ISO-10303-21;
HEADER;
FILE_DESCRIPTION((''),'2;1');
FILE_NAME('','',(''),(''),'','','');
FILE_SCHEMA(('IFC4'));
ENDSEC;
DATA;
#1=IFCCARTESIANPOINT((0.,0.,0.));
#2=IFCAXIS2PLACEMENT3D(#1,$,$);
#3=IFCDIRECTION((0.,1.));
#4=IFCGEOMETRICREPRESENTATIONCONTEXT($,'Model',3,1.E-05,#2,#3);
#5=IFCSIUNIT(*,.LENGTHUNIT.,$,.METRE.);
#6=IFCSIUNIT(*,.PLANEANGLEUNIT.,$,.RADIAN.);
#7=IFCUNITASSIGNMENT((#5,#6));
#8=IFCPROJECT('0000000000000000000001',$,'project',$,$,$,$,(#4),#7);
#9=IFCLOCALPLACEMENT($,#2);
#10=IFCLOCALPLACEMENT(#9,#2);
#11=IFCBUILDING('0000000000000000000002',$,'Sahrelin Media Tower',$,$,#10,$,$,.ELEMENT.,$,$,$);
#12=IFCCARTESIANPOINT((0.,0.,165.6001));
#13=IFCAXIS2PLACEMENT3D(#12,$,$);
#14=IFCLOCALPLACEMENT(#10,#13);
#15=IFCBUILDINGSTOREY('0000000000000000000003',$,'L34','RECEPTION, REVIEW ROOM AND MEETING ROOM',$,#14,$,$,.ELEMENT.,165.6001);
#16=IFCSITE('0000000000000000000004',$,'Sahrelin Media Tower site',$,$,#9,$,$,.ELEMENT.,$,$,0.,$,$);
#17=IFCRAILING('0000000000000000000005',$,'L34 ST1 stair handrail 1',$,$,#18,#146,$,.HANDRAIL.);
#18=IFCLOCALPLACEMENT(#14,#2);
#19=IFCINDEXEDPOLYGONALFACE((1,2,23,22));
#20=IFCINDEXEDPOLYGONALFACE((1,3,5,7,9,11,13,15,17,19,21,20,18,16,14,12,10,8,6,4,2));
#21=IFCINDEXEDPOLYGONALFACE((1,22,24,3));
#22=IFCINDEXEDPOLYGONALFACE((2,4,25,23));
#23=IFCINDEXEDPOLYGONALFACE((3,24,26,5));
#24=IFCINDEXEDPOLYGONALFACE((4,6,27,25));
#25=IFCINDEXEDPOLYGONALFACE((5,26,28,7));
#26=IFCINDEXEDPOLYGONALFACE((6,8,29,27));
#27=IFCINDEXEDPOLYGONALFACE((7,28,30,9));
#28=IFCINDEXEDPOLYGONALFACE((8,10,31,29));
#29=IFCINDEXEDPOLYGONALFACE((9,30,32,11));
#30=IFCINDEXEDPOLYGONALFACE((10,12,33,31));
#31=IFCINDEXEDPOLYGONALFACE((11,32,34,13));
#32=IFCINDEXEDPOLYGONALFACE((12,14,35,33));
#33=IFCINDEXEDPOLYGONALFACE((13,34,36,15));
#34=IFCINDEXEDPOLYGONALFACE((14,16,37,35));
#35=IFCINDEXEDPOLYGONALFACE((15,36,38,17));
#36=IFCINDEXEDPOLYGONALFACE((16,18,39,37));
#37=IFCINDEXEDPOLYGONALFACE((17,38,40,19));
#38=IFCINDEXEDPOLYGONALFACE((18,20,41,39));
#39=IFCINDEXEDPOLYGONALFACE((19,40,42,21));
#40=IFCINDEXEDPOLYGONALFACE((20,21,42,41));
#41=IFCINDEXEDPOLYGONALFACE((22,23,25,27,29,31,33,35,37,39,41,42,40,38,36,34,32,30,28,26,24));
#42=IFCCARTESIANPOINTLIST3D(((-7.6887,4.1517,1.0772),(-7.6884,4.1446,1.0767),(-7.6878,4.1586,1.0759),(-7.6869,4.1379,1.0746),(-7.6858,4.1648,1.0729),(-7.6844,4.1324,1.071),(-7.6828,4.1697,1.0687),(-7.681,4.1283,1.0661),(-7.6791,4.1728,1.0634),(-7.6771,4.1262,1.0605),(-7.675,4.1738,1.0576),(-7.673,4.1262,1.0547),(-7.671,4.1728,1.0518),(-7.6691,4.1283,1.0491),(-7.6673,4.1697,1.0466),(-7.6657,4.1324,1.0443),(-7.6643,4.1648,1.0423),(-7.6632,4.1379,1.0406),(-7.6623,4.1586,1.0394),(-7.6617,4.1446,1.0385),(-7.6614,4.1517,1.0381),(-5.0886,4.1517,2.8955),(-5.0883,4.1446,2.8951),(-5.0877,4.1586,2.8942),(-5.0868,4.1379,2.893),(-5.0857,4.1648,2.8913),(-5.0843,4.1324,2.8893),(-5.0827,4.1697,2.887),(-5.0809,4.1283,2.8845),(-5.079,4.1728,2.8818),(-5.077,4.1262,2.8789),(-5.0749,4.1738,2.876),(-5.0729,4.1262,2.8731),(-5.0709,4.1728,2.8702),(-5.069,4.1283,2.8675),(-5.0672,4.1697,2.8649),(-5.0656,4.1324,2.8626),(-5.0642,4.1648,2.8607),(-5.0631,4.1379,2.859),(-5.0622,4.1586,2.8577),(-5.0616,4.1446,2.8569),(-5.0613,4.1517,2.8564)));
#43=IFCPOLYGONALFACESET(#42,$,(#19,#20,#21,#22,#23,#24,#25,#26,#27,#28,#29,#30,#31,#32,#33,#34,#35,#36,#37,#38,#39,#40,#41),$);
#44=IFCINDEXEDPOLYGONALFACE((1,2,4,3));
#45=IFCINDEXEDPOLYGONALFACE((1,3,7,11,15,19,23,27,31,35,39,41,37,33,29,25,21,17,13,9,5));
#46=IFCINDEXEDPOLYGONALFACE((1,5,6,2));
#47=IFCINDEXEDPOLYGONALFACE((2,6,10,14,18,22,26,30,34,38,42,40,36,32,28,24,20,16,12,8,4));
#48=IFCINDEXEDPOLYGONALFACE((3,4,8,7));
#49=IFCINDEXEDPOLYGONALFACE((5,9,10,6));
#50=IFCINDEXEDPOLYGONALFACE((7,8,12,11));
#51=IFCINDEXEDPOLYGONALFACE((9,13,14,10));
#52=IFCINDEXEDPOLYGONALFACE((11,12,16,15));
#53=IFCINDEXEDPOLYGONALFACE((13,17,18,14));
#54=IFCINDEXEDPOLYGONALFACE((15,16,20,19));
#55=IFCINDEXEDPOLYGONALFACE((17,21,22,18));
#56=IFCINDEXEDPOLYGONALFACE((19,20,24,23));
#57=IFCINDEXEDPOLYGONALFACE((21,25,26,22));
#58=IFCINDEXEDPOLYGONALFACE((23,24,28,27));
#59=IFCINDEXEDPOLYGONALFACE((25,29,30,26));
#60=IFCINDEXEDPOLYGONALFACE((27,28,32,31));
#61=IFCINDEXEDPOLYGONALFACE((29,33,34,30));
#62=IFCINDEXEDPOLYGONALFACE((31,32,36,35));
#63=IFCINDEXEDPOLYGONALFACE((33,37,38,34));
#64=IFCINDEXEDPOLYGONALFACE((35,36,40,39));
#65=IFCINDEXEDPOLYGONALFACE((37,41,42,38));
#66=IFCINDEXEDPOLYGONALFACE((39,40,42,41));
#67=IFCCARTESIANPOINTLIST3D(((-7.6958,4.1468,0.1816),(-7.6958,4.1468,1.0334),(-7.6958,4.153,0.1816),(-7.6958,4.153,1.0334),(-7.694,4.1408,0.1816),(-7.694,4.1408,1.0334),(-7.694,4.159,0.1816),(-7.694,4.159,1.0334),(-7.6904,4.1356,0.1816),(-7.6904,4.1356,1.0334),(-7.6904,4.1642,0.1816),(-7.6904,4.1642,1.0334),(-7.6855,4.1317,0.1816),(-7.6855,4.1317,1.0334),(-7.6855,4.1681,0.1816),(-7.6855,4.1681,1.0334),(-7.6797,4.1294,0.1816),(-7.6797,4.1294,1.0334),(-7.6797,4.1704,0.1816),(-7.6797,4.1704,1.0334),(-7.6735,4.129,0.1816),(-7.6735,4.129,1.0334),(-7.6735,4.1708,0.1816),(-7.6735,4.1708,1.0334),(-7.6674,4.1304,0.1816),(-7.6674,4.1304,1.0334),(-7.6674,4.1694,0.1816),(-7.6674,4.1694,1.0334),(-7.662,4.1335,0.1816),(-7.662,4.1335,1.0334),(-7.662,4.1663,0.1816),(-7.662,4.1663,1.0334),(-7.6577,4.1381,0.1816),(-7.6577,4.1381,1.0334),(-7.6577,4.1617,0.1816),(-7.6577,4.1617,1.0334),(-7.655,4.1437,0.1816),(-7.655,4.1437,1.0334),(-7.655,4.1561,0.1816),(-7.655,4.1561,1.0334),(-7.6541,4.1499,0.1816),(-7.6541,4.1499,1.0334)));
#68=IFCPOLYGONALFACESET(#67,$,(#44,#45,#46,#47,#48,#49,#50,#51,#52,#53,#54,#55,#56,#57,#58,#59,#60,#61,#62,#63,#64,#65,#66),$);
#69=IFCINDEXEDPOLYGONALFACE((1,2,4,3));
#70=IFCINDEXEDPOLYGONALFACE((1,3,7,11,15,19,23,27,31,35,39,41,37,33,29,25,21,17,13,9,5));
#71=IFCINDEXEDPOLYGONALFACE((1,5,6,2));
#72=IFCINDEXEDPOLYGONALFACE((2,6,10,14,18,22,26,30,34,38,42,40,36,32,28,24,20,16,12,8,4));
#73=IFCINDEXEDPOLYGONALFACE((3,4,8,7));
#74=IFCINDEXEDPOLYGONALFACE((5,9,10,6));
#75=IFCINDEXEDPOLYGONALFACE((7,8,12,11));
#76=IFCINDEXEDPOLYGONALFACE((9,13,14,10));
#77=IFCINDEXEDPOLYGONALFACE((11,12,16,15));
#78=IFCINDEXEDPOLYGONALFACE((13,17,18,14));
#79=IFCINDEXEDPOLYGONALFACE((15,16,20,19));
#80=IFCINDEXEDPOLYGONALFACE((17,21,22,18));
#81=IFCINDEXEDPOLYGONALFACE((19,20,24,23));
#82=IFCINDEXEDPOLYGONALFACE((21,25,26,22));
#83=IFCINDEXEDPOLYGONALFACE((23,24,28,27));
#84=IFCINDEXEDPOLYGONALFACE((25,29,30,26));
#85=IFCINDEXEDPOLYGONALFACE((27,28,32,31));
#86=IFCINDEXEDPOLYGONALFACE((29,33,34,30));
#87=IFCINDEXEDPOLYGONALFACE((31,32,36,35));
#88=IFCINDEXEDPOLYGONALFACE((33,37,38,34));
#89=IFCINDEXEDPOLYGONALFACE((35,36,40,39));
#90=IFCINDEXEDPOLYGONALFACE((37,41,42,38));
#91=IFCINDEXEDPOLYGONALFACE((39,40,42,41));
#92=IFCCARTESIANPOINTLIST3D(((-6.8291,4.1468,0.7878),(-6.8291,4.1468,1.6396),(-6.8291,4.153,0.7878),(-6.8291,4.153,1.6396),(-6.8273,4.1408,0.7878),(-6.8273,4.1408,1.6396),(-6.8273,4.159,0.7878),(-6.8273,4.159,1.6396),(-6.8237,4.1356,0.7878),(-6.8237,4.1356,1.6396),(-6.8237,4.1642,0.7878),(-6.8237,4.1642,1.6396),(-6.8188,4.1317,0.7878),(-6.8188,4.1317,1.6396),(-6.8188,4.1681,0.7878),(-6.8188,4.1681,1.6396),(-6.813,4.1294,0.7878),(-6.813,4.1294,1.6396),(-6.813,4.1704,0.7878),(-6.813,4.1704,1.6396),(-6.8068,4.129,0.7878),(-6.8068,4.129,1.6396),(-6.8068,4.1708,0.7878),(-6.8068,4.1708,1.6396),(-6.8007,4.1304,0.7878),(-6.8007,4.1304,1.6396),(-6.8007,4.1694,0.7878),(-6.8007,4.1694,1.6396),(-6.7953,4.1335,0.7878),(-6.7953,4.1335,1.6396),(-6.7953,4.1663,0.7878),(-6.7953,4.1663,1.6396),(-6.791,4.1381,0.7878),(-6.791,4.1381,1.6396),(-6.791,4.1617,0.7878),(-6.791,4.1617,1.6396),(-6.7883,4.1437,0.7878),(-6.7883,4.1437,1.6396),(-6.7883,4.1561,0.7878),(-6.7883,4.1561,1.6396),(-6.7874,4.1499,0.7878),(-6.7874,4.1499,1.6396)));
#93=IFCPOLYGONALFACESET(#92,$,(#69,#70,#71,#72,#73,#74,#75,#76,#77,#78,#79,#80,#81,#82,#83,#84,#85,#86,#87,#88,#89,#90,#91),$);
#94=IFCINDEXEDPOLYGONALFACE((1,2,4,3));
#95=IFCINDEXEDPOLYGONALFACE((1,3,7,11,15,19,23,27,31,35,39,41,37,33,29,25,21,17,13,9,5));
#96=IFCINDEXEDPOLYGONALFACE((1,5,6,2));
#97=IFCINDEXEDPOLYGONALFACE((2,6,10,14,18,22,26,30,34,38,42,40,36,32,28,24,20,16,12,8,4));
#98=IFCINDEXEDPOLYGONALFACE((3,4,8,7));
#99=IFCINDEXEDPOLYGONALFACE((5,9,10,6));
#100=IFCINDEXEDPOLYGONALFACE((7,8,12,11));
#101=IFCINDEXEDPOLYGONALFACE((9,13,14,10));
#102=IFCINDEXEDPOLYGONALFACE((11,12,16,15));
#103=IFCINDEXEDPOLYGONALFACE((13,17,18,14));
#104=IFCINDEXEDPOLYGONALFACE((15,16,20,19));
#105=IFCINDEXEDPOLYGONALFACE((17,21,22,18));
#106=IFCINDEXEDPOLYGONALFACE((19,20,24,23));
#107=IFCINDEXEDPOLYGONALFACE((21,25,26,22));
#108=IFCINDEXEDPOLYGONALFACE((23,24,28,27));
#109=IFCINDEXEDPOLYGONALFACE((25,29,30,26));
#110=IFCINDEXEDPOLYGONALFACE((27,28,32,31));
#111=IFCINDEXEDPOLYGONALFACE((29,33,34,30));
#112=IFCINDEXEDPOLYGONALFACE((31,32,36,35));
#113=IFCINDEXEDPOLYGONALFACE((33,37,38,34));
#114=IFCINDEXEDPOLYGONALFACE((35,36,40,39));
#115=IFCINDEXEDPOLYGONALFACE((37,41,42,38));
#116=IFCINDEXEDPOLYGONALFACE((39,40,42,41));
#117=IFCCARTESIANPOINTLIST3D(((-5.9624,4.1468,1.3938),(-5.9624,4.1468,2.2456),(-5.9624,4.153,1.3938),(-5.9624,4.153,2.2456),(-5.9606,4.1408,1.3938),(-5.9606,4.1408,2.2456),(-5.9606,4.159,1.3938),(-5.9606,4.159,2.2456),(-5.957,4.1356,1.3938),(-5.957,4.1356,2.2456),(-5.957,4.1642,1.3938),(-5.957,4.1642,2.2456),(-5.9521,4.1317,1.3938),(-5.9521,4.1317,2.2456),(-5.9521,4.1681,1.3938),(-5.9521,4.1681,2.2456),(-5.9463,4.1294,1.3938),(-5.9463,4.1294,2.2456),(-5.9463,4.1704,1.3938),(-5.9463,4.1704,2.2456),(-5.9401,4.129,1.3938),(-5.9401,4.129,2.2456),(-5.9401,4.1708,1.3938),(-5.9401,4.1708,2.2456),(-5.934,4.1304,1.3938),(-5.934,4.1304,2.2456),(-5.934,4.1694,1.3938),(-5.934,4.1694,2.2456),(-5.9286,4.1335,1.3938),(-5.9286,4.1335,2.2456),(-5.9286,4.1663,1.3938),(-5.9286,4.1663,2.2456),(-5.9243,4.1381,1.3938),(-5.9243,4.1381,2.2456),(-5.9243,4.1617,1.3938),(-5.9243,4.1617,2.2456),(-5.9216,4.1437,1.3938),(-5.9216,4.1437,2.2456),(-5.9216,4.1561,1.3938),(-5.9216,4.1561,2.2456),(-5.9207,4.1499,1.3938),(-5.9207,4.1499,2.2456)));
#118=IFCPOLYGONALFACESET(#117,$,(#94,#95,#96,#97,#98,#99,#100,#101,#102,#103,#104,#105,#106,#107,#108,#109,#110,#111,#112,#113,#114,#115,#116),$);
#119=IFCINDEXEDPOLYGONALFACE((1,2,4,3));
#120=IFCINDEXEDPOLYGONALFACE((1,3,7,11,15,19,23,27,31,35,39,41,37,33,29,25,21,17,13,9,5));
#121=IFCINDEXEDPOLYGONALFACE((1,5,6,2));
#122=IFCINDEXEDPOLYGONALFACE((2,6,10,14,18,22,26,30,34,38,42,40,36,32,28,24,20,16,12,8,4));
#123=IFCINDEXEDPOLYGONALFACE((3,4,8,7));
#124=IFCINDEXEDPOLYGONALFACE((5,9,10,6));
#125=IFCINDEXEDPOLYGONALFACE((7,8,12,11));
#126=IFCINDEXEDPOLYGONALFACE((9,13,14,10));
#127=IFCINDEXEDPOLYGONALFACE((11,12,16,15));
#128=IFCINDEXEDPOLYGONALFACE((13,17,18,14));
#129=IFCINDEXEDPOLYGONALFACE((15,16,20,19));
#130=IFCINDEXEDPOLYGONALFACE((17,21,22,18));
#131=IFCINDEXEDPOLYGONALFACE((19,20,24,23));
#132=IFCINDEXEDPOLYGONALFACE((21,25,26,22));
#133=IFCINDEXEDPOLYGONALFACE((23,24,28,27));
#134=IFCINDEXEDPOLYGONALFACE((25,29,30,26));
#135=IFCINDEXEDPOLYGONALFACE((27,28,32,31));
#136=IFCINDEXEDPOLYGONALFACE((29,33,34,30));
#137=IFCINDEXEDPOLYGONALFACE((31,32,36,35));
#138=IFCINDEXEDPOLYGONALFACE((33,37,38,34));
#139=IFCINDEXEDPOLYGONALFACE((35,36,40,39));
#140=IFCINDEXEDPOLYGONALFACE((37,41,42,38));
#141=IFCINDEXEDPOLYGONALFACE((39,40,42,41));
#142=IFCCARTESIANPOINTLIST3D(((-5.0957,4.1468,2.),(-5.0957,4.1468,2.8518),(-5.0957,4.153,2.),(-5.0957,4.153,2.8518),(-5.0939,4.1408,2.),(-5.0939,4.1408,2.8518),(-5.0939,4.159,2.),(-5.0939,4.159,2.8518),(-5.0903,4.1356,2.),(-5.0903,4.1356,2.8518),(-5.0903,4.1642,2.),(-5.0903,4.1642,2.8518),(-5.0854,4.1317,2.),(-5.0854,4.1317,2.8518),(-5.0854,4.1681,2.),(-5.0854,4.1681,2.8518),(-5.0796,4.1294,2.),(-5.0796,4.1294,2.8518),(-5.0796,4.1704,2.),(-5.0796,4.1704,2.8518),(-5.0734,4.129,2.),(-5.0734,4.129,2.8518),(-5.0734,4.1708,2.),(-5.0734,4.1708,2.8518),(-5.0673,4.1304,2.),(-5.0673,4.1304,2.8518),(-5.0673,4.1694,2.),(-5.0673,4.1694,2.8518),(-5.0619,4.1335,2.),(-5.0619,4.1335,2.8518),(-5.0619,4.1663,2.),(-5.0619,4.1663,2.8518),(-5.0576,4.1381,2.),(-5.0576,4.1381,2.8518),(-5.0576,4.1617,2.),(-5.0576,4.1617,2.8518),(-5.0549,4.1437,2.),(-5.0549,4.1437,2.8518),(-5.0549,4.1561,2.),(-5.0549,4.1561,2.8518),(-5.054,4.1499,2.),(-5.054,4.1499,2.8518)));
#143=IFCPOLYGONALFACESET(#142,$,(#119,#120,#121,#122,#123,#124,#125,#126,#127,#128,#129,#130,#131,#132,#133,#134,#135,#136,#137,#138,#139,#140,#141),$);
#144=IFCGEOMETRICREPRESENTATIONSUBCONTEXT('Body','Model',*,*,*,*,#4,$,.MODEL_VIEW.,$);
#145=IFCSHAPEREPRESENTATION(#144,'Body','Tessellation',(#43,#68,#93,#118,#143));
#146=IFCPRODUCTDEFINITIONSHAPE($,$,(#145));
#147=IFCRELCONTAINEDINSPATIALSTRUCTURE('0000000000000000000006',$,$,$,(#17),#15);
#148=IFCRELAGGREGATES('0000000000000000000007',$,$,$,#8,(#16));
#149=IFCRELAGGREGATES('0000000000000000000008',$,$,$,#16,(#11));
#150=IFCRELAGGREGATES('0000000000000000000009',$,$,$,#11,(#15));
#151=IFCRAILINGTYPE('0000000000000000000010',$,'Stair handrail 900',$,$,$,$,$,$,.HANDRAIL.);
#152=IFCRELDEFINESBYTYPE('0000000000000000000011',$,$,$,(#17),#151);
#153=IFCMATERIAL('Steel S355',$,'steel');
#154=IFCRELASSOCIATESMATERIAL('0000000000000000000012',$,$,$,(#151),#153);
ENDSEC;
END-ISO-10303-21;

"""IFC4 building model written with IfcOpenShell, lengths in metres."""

from ifc_helpers import new_model, si_unit, direction, frame, origin, origin_2d, place, context, subcontext, project, spatial, circle, extrude, material, type_object, element, save


model = new_model("IFC4")

# Units and contexts
model_context = context("Model", 3, precision=1e-05, world=origin(), true_north=direction((0.0, 1.0)))
body_context = subcontext(model_context, "Body", "Model", "MODEL_VIEW")
ifc_project = project(units=[si_unit("LENGTHUNIT", "METRE"), si_unit("PLANEANGLEUNIT", "RADIAN")], contexts=[model_context])

# Site, building, storey
site_placement = place(None, origin())
site = spatial("IfcSite", under=ifc_project, at=site_placement, Name="Sahrelin Media Tower site", CompositionType="ELEMENT", RefElevation=0.0)
building_placement = place(site_placement, origin())
building = spatial("IfcBuilding", under=site, at=building_placement, Name="Sahrelin Media Tower", CompositionType="ELEMENT")
storey_placement = place(building_placement, frame((0.0, 0.0, 165.6001)))
storey = spatial("IfcBuildingStorey", under=building, at=storey_placement, Name="L34", Description="RECEPTION, REVIEW ROOM AND MEETING ROOM", CompositionType="ELEMENT", Elevation=165.6001)

# Shared definitions
ifc_material_1 = material(Name="Steel S355", Category="steel")

# Railing
railing_type_1 = type_object("IfcRailingType", Name="Stair handrail 900", PredefinedType="HANDRAIL", material=ifc_material_1)
railing_1_placement = place(storey_placement, frame((-7.675, 4.1499, 0.1816)))
element("IfcRailing", 1, at=railing_1_placement, inside=storey, type_object=railing_type_1, Name="L34 ST1 stair handrail 1", PredefinedType="HANDRAIL", context=body_context, shape_type="SweptSolid", body=[
    extrude(circle(Radius=0.0239, at=origin_2d()), frame((0.0, 0.0, 0.876), z_axis=(0.819485, 0.0, 0.573101), x_axis=(0.0, 1.0, 0.0)), (0.0, 0.0, 1.0), 3.1729),
    extrude(circle(Radius=0.021, at=origin_2d()), origin(), (0.0, 0.0, 1.0), 0.8518),
    extrude(circle(Radius=0.021, at=origin_2d()), frame((0.8667, 0.0, 0.6062)), (0.0, 0.0, 1.0), 0.8518),
    extrude(circle(Radius=0.021, at=origin_2d()), frame((1.7334, 0.0, 1.2122)), (0.0, 0.0, 1.0), 0.8518),
    extrude(circle(Radius=0.021, at=origin_2d()), frame((2.6001, 0.0, 1.8184)), (0.0, 0.0, 1.0), 0.8518),
])

save(model, "model.ifc")
